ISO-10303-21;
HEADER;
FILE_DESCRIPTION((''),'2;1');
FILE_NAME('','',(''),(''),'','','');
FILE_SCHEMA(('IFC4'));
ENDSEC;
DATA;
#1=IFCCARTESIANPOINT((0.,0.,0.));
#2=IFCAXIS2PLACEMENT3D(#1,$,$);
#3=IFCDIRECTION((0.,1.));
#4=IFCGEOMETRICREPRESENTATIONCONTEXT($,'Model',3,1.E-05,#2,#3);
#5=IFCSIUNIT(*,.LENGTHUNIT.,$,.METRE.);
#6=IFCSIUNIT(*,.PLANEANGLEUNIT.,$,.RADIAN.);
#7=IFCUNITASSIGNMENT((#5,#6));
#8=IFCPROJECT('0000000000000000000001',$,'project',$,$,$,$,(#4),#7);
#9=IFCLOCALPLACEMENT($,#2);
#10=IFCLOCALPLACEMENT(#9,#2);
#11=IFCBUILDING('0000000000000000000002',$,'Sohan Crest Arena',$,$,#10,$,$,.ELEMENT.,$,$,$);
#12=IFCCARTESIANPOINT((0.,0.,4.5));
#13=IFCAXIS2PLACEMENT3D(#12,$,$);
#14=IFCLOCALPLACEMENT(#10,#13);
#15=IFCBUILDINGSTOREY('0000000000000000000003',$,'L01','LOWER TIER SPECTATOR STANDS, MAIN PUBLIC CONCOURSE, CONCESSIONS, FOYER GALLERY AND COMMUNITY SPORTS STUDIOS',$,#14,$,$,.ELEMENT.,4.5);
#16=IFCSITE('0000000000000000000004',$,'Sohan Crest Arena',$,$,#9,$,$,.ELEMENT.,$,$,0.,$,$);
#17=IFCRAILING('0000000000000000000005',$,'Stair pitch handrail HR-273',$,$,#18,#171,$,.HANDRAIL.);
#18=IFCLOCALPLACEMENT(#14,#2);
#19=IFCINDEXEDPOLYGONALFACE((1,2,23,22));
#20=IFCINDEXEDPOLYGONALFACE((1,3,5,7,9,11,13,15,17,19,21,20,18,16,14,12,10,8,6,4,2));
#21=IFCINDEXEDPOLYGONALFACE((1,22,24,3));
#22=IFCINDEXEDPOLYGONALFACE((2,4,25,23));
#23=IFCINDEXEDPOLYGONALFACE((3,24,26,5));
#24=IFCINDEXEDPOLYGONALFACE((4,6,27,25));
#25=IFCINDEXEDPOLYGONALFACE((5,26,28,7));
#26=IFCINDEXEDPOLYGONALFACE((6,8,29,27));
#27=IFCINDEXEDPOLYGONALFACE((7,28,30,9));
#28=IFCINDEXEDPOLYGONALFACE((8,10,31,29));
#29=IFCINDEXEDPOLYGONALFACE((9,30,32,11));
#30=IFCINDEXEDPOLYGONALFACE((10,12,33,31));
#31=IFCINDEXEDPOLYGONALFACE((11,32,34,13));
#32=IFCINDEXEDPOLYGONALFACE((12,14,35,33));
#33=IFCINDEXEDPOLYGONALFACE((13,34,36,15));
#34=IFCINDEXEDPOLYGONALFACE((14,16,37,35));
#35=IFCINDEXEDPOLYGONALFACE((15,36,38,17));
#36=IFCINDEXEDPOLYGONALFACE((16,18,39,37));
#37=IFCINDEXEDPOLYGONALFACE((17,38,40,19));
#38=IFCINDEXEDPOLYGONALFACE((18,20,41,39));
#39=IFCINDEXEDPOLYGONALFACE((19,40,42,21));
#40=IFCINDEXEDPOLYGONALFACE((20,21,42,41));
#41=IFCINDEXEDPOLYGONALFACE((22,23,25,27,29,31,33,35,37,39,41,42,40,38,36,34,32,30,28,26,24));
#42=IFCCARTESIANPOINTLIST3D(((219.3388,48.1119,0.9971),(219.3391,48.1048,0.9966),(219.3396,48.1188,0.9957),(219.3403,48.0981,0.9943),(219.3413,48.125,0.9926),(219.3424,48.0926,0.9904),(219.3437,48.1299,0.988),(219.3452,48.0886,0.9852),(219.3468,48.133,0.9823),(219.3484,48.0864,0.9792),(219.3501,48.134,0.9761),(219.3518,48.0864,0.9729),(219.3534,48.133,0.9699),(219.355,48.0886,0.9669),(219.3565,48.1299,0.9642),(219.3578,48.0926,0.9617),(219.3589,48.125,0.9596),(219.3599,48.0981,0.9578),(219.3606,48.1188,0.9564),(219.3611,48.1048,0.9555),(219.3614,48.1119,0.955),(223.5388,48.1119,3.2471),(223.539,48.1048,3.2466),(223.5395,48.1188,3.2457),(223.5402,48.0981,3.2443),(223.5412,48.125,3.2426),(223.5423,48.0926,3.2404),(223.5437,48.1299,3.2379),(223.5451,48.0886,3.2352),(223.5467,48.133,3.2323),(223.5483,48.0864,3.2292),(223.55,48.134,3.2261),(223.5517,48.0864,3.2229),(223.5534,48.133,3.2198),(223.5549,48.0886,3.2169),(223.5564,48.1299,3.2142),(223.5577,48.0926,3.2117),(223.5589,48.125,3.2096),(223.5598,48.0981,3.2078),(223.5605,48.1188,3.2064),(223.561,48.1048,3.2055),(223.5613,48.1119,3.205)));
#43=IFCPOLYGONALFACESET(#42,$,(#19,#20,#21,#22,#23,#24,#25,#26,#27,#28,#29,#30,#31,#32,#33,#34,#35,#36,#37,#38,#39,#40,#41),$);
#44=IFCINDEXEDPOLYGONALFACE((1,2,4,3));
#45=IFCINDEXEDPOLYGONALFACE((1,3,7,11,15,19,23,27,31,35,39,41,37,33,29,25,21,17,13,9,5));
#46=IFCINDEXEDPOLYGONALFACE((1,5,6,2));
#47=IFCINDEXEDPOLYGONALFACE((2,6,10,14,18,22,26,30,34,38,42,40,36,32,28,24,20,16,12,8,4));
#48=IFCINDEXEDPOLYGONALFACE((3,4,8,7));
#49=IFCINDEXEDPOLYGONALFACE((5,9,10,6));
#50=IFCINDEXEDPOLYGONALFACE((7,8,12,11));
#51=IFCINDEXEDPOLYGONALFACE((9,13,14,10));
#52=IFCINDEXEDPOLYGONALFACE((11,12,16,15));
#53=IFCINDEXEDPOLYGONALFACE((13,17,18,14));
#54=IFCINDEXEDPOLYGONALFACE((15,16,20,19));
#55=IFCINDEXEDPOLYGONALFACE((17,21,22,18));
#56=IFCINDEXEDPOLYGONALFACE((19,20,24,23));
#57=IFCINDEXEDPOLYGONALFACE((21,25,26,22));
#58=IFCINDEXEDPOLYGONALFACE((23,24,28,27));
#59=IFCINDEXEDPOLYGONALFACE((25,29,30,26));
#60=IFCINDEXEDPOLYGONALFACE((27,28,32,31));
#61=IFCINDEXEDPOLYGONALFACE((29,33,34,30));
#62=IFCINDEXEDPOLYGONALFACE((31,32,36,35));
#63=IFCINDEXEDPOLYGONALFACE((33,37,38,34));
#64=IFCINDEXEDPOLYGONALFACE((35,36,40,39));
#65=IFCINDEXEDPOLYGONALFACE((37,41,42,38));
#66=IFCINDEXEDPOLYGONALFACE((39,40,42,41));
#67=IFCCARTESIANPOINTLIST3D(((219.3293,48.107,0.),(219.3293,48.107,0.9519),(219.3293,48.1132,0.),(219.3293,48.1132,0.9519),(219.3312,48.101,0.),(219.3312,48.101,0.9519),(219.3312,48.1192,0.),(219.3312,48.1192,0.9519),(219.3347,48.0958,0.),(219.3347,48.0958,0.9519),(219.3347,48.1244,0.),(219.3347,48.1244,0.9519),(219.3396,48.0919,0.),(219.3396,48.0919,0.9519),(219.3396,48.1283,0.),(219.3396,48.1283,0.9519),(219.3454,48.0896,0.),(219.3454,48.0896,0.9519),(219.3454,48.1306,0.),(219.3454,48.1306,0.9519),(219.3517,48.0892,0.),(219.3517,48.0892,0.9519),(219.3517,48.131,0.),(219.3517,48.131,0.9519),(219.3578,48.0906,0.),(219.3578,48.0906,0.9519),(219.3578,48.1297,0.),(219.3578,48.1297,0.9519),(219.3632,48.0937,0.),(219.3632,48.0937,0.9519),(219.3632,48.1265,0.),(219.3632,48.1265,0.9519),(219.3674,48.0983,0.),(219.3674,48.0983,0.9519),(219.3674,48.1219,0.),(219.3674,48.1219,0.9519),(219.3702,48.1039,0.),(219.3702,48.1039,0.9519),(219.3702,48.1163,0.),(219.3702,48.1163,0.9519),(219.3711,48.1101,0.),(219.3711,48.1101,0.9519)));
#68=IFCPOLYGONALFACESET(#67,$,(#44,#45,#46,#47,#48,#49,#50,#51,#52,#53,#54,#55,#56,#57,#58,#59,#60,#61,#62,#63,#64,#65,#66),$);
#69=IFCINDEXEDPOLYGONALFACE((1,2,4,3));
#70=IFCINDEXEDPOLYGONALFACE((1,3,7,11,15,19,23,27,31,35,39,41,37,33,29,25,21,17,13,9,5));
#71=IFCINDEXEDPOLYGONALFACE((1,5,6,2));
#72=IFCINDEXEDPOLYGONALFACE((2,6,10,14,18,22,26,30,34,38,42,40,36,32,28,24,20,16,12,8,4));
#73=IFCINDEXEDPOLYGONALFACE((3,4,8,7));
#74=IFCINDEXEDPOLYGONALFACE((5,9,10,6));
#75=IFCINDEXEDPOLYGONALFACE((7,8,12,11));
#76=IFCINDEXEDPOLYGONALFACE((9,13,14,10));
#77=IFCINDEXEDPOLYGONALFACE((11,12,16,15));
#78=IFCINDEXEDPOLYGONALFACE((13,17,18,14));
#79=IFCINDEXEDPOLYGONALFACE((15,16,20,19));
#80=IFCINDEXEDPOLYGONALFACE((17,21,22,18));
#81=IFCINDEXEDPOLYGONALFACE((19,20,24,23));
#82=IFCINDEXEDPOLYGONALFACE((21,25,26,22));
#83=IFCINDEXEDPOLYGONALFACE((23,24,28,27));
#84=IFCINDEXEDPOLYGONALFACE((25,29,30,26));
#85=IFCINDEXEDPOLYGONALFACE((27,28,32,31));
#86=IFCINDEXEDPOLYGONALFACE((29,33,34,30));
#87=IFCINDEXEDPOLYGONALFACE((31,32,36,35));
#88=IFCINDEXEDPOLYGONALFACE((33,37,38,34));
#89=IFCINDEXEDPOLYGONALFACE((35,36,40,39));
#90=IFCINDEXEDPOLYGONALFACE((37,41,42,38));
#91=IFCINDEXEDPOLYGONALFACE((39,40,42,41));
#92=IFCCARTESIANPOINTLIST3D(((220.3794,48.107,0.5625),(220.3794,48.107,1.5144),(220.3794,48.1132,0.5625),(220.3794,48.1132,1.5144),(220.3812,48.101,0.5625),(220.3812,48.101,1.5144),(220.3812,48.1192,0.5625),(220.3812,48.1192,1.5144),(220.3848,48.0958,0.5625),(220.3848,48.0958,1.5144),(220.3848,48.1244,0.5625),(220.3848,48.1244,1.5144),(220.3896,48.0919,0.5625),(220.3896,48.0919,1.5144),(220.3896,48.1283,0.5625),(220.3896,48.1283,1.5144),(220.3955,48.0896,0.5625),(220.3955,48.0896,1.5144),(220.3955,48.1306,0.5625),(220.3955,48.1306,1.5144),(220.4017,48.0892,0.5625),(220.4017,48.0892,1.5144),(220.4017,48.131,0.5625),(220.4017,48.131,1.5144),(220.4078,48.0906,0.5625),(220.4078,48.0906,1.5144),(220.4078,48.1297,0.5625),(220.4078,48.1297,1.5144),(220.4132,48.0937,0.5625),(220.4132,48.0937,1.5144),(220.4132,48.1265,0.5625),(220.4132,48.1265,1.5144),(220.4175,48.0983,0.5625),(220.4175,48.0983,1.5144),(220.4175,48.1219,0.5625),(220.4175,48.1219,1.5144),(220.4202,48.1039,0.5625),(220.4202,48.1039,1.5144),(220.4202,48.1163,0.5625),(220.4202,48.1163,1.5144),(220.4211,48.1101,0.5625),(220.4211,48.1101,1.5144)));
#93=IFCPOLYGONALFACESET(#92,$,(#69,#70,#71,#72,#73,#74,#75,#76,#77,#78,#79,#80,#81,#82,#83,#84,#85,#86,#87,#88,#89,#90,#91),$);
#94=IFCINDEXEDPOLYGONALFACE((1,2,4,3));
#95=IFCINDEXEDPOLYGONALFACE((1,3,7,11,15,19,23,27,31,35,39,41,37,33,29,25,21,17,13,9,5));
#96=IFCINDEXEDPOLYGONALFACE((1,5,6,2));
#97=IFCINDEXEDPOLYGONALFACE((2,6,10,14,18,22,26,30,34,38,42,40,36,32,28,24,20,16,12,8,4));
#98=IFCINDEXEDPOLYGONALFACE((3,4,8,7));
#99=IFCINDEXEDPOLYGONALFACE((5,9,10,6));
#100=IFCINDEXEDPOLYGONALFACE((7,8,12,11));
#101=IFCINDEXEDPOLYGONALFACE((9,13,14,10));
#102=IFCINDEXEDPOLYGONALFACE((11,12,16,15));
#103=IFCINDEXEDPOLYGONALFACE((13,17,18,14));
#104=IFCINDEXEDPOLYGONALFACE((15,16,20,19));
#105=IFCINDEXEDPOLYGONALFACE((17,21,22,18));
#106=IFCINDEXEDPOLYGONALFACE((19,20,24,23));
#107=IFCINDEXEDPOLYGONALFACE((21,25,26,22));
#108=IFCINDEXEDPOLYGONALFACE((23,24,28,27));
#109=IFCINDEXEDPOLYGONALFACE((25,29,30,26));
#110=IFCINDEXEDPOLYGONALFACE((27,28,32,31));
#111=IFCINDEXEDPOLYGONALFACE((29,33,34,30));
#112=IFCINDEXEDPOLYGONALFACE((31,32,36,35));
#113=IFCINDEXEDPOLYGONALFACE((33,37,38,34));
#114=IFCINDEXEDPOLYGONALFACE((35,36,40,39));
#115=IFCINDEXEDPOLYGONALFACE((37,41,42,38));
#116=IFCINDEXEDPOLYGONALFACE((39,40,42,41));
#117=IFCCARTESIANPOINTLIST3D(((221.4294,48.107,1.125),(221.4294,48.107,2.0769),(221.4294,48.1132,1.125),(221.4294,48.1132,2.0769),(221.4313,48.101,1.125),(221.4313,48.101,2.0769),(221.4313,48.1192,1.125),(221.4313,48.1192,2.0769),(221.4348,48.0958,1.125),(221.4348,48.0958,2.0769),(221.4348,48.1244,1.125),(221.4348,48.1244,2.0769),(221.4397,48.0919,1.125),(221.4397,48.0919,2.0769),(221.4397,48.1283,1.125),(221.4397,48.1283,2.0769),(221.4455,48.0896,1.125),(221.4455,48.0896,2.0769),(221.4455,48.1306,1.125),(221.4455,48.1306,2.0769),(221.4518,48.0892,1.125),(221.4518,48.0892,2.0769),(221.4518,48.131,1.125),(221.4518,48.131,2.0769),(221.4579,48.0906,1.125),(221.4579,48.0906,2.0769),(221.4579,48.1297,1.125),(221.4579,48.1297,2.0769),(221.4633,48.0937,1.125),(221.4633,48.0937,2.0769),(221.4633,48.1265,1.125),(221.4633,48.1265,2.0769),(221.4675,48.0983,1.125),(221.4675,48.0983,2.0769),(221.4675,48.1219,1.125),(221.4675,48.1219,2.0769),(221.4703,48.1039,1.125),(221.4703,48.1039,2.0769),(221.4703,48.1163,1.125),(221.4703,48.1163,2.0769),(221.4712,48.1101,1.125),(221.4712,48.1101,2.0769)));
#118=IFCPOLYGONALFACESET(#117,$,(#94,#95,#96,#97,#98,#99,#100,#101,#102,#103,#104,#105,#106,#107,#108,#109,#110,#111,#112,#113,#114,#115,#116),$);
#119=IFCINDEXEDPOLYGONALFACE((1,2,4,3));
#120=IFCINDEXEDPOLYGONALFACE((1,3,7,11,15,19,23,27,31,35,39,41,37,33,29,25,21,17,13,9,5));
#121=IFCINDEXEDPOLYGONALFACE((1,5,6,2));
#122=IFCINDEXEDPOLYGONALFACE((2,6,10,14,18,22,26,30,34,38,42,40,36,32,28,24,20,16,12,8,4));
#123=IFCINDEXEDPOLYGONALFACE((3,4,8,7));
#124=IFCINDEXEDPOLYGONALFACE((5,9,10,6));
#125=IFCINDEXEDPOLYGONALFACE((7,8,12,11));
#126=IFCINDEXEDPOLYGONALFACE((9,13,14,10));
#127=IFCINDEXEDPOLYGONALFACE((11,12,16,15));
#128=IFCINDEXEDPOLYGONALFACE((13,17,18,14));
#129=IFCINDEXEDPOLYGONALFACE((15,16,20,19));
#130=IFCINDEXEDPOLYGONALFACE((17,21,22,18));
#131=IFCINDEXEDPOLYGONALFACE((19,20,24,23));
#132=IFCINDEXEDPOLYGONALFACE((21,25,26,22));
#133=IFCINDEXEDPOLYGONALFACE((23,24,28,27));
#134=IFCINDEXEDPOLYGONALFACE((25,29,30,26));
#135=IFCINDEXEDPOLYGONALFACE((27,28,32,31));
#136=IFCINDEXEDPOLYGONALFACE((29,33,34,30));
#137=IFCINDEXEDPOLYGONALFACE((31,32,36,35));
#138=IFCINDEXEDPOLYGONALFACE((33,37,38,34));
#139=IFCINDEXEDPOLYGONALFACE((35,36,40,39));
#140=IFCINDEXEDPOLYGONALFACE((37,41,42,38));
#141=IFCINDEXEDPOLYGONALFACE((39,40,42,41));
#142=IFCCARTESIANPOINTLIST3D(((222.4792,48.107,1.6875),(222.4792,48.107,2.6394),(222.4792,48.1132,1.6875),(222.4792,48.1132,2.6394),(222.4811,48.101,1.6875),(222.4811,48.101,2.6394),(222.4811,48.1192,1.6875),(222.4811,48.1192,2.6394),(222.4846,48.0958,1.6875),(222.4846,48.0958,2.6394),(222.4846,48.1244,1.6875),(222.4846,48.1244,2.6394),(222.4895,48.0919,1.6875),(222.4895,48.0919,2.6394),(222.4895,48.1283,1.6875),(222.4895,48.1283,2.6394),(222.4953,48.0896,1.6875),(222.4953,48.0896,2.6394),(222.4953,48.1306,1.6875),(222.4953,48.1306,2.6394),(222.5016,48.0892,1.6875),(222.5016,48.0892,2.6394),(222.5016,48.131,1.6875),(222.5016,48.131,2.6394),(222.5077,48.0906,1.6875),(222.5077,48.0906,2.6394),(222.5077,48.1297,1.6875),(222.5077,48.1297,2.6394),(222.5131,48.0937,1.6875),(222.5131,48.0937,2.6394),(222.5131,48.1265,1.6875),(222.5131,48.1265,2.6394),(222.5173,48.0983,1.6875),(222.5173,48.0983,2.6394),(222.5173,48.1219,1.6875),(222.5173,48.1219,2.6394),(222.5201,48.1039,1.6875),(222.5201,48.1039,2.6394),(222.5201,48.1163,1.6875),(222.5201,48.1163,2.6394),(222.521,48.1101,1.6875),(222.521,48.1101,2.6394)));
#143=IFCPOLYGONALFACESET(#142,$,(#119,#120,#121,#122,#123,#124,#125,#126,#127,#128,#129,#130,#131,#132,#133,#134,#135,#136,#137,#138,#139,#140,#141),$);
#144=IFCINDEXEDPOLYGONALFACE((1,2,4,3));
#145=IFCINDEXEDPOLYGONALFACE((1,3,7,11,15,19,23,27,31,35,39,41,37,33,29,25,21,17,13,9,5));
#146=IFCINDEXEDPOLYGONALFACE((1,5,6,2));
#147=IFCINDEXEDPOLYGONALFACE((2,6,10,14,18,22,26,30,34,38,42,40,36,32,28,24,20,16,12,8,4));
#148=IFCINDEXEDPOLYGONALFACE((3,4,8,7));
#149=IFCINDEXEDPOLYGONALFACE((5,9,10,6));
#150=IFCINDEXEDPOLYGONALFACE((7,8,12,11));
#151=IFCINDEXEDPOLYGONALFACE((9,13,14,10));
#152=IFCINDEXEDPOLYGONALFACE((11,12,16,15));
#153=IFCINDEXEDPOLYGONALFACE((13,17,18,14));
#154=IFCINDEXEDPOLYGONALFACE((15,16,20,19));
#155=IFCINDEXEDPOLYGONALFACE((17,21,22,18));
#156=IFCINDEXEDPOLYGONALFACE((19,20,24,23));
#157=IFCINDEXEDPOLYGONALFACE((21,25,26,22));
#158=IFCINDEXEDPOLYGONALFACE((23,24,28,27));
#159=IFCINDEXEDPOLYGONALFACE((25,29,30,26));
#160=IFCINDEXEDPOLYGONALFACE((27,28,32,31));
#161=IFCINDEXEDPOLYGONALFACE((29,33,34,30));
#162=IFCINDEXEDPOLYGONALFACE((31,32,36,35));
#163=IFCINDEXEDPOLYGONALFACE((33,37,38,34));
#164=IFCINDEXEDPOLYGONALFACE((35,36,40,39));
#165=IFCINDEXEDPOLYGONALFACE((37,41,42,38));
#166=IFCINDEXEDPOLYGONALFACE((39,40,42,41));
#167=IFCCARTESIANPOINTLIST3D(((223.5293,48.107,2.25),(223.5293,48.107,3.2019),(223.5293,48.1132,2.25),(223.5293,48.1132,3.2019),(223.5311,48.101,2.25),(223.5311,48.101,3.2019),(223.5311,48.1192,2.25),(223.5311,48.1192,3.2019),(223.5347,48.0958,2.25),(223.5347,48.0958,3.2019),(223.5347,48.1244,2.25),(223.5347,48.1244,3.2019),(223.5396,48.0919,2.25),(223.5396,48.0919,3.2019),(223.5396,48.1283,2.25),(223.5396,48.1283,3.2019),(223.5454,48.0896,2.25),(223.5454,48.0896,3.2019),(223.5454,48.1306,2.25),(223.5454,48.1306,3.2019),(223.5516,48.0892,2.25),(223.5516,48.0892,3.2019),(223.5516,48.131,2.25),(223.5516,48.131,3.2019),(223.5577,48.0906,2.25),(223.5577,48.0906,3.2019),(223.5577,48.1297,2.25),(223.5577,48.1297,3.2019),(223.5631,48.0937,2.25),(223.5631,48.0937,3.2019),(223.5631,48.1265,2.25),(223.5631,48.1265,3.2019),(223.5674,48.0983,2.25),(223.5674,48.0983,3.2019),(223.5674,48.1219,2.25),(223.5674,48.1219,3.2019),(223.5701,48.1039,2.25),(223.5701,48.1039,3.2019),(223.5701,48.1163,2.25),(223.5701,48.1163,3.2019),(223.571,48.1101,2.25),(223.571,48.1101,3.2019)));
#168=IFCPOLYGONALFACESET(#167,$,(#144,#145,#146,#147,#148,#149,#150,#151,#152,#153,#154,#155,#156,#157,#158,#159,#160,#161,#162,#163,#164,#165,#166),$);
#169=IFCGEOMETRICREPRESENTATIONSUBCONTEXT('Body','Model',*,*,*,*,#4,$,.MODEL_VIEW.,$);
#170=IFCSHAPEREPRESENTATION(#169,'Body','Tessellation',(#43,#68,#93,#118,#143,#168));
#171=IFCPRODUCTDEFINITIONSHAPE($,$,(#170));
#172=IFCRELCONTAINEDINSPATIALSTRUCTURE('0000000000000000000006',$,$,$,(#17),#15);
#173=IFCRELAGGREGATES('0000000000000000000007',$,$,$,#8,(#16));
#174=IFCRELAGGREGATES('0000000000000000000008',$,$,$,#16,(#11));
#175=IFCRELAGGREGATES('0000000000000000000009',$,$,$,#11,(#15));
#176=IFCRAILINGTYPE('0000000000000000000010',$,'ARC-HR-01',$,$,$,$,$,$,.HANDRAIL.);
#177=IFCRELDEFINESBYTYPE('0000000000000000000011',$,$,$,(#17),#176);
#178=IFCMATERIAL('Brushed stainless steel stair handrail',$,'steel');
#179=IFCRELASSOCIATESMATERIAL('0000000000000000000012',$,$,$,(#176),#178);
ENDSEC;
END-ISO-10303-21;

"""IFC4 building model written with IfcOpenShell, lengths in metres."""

from ifc_helpers import new_model, si_unit, direction, frame, origin, origin_2d, place, context, subcontext, project, spatial, circle, extrude, material, type_object, element, save


model = new_model("IFC4")

# Units and contexts
model_context = context("Model", 3, precision=1e-05, world=origin(), true_north=direction((0.0, 1.0)))
body_context = subcontext(model_context, "Body", "Model", "MODEL_VIEW")
ifc_project = project(units=[si_unit("LENGTHUNIT", "METRE"), si_unit("PLANEANGLEUNIT", "RADIAN")], contexts=[model_context])

# Site, building, storey
site_placement = place(None, origin())
site = spatial("IfcSite", under=ifc_project, at=site_placement, Name="Sohan Crest Arena", CompositionType="ELEMENT", RefElevation=0.0)
building_placement = place(site_placement, origin())
building = spatial("IfcBuilding", under=site, at=building_placement, Name="Sohan Crest Arena", CompositionType="ELEMENT")
storey_placement = place(building_placement, frame((0.0, 0.0, 4.5)))
storey = spatial("IfcBuildingStorey", under=building, at=storey_placement, Name="L01", Description="LOWER TIER SPECTATOR STANDS, MAIN PUBLIC CONCOURSE, CONCESSIONS, FOYER GALLERY AND COMMUNITY SPORTS STUDIOS", CompositionType="ELEMENT", Elevation=4.5)

# Railing
ifc_material_1 = material(Name="Brushed stainless steel stair handrail", Category="steel")
railing_type_1 = type_object("IfcRailingType", Name="ARC-HR-01", PredefinedType="HANDRAIL", material=ifc_material_1)
for number, where, name in (
    (1, (219.3501, 48.1101, 0.0), "Stair pitch handrail HR-273"),
):
    element("IfcRailing", number, at=place(storey_placement, frame(where)), inside=storey, type_object=railing_type_1, Name=name, PredefinedType="HANDRAIL", context=body_context, shape_type="SweptSolid", body=[
        extrude(circle(Radius=0.0239, at=origin_2d()), frame((0.0, 0.0, 0.9761), z_axis=(0.881478, 0.0, 0.472226), x_axis=(0.0, 1.0, 0.0)), (0.0, 0.0, 1.0), 4.7646),
        extrude(circle(Radius=0.021, at=origin_2d()), origin(), (0.0, 0.0, 1.0), 0.9519),
        extrude(circle(Radius=0.021, at=origin_2d()), frame((1.05, 0.0, 0.5625)), (0.0, 0.0, 1.0), 0.9519),
        extrude(circle(Radius=0.021, at=origin_2d()), frame((2.1001, 0.0, 1.125)), (0.0, 0.0, 1.0), 0.9519),
        extrude(circle(Radius=0.021, at=origin_2d()), frame((3.1499, 0.0, 1.6875)), (0.0, 0.0, 1.0), 0.9519),
        extrude(circle(Radius=0.021, at=origin_2d()), frame((4.2, 0.0, 2.25)), (0.0, 0.0, 1.0), 0.9519),
    ])

save(model, "model.ifc")
